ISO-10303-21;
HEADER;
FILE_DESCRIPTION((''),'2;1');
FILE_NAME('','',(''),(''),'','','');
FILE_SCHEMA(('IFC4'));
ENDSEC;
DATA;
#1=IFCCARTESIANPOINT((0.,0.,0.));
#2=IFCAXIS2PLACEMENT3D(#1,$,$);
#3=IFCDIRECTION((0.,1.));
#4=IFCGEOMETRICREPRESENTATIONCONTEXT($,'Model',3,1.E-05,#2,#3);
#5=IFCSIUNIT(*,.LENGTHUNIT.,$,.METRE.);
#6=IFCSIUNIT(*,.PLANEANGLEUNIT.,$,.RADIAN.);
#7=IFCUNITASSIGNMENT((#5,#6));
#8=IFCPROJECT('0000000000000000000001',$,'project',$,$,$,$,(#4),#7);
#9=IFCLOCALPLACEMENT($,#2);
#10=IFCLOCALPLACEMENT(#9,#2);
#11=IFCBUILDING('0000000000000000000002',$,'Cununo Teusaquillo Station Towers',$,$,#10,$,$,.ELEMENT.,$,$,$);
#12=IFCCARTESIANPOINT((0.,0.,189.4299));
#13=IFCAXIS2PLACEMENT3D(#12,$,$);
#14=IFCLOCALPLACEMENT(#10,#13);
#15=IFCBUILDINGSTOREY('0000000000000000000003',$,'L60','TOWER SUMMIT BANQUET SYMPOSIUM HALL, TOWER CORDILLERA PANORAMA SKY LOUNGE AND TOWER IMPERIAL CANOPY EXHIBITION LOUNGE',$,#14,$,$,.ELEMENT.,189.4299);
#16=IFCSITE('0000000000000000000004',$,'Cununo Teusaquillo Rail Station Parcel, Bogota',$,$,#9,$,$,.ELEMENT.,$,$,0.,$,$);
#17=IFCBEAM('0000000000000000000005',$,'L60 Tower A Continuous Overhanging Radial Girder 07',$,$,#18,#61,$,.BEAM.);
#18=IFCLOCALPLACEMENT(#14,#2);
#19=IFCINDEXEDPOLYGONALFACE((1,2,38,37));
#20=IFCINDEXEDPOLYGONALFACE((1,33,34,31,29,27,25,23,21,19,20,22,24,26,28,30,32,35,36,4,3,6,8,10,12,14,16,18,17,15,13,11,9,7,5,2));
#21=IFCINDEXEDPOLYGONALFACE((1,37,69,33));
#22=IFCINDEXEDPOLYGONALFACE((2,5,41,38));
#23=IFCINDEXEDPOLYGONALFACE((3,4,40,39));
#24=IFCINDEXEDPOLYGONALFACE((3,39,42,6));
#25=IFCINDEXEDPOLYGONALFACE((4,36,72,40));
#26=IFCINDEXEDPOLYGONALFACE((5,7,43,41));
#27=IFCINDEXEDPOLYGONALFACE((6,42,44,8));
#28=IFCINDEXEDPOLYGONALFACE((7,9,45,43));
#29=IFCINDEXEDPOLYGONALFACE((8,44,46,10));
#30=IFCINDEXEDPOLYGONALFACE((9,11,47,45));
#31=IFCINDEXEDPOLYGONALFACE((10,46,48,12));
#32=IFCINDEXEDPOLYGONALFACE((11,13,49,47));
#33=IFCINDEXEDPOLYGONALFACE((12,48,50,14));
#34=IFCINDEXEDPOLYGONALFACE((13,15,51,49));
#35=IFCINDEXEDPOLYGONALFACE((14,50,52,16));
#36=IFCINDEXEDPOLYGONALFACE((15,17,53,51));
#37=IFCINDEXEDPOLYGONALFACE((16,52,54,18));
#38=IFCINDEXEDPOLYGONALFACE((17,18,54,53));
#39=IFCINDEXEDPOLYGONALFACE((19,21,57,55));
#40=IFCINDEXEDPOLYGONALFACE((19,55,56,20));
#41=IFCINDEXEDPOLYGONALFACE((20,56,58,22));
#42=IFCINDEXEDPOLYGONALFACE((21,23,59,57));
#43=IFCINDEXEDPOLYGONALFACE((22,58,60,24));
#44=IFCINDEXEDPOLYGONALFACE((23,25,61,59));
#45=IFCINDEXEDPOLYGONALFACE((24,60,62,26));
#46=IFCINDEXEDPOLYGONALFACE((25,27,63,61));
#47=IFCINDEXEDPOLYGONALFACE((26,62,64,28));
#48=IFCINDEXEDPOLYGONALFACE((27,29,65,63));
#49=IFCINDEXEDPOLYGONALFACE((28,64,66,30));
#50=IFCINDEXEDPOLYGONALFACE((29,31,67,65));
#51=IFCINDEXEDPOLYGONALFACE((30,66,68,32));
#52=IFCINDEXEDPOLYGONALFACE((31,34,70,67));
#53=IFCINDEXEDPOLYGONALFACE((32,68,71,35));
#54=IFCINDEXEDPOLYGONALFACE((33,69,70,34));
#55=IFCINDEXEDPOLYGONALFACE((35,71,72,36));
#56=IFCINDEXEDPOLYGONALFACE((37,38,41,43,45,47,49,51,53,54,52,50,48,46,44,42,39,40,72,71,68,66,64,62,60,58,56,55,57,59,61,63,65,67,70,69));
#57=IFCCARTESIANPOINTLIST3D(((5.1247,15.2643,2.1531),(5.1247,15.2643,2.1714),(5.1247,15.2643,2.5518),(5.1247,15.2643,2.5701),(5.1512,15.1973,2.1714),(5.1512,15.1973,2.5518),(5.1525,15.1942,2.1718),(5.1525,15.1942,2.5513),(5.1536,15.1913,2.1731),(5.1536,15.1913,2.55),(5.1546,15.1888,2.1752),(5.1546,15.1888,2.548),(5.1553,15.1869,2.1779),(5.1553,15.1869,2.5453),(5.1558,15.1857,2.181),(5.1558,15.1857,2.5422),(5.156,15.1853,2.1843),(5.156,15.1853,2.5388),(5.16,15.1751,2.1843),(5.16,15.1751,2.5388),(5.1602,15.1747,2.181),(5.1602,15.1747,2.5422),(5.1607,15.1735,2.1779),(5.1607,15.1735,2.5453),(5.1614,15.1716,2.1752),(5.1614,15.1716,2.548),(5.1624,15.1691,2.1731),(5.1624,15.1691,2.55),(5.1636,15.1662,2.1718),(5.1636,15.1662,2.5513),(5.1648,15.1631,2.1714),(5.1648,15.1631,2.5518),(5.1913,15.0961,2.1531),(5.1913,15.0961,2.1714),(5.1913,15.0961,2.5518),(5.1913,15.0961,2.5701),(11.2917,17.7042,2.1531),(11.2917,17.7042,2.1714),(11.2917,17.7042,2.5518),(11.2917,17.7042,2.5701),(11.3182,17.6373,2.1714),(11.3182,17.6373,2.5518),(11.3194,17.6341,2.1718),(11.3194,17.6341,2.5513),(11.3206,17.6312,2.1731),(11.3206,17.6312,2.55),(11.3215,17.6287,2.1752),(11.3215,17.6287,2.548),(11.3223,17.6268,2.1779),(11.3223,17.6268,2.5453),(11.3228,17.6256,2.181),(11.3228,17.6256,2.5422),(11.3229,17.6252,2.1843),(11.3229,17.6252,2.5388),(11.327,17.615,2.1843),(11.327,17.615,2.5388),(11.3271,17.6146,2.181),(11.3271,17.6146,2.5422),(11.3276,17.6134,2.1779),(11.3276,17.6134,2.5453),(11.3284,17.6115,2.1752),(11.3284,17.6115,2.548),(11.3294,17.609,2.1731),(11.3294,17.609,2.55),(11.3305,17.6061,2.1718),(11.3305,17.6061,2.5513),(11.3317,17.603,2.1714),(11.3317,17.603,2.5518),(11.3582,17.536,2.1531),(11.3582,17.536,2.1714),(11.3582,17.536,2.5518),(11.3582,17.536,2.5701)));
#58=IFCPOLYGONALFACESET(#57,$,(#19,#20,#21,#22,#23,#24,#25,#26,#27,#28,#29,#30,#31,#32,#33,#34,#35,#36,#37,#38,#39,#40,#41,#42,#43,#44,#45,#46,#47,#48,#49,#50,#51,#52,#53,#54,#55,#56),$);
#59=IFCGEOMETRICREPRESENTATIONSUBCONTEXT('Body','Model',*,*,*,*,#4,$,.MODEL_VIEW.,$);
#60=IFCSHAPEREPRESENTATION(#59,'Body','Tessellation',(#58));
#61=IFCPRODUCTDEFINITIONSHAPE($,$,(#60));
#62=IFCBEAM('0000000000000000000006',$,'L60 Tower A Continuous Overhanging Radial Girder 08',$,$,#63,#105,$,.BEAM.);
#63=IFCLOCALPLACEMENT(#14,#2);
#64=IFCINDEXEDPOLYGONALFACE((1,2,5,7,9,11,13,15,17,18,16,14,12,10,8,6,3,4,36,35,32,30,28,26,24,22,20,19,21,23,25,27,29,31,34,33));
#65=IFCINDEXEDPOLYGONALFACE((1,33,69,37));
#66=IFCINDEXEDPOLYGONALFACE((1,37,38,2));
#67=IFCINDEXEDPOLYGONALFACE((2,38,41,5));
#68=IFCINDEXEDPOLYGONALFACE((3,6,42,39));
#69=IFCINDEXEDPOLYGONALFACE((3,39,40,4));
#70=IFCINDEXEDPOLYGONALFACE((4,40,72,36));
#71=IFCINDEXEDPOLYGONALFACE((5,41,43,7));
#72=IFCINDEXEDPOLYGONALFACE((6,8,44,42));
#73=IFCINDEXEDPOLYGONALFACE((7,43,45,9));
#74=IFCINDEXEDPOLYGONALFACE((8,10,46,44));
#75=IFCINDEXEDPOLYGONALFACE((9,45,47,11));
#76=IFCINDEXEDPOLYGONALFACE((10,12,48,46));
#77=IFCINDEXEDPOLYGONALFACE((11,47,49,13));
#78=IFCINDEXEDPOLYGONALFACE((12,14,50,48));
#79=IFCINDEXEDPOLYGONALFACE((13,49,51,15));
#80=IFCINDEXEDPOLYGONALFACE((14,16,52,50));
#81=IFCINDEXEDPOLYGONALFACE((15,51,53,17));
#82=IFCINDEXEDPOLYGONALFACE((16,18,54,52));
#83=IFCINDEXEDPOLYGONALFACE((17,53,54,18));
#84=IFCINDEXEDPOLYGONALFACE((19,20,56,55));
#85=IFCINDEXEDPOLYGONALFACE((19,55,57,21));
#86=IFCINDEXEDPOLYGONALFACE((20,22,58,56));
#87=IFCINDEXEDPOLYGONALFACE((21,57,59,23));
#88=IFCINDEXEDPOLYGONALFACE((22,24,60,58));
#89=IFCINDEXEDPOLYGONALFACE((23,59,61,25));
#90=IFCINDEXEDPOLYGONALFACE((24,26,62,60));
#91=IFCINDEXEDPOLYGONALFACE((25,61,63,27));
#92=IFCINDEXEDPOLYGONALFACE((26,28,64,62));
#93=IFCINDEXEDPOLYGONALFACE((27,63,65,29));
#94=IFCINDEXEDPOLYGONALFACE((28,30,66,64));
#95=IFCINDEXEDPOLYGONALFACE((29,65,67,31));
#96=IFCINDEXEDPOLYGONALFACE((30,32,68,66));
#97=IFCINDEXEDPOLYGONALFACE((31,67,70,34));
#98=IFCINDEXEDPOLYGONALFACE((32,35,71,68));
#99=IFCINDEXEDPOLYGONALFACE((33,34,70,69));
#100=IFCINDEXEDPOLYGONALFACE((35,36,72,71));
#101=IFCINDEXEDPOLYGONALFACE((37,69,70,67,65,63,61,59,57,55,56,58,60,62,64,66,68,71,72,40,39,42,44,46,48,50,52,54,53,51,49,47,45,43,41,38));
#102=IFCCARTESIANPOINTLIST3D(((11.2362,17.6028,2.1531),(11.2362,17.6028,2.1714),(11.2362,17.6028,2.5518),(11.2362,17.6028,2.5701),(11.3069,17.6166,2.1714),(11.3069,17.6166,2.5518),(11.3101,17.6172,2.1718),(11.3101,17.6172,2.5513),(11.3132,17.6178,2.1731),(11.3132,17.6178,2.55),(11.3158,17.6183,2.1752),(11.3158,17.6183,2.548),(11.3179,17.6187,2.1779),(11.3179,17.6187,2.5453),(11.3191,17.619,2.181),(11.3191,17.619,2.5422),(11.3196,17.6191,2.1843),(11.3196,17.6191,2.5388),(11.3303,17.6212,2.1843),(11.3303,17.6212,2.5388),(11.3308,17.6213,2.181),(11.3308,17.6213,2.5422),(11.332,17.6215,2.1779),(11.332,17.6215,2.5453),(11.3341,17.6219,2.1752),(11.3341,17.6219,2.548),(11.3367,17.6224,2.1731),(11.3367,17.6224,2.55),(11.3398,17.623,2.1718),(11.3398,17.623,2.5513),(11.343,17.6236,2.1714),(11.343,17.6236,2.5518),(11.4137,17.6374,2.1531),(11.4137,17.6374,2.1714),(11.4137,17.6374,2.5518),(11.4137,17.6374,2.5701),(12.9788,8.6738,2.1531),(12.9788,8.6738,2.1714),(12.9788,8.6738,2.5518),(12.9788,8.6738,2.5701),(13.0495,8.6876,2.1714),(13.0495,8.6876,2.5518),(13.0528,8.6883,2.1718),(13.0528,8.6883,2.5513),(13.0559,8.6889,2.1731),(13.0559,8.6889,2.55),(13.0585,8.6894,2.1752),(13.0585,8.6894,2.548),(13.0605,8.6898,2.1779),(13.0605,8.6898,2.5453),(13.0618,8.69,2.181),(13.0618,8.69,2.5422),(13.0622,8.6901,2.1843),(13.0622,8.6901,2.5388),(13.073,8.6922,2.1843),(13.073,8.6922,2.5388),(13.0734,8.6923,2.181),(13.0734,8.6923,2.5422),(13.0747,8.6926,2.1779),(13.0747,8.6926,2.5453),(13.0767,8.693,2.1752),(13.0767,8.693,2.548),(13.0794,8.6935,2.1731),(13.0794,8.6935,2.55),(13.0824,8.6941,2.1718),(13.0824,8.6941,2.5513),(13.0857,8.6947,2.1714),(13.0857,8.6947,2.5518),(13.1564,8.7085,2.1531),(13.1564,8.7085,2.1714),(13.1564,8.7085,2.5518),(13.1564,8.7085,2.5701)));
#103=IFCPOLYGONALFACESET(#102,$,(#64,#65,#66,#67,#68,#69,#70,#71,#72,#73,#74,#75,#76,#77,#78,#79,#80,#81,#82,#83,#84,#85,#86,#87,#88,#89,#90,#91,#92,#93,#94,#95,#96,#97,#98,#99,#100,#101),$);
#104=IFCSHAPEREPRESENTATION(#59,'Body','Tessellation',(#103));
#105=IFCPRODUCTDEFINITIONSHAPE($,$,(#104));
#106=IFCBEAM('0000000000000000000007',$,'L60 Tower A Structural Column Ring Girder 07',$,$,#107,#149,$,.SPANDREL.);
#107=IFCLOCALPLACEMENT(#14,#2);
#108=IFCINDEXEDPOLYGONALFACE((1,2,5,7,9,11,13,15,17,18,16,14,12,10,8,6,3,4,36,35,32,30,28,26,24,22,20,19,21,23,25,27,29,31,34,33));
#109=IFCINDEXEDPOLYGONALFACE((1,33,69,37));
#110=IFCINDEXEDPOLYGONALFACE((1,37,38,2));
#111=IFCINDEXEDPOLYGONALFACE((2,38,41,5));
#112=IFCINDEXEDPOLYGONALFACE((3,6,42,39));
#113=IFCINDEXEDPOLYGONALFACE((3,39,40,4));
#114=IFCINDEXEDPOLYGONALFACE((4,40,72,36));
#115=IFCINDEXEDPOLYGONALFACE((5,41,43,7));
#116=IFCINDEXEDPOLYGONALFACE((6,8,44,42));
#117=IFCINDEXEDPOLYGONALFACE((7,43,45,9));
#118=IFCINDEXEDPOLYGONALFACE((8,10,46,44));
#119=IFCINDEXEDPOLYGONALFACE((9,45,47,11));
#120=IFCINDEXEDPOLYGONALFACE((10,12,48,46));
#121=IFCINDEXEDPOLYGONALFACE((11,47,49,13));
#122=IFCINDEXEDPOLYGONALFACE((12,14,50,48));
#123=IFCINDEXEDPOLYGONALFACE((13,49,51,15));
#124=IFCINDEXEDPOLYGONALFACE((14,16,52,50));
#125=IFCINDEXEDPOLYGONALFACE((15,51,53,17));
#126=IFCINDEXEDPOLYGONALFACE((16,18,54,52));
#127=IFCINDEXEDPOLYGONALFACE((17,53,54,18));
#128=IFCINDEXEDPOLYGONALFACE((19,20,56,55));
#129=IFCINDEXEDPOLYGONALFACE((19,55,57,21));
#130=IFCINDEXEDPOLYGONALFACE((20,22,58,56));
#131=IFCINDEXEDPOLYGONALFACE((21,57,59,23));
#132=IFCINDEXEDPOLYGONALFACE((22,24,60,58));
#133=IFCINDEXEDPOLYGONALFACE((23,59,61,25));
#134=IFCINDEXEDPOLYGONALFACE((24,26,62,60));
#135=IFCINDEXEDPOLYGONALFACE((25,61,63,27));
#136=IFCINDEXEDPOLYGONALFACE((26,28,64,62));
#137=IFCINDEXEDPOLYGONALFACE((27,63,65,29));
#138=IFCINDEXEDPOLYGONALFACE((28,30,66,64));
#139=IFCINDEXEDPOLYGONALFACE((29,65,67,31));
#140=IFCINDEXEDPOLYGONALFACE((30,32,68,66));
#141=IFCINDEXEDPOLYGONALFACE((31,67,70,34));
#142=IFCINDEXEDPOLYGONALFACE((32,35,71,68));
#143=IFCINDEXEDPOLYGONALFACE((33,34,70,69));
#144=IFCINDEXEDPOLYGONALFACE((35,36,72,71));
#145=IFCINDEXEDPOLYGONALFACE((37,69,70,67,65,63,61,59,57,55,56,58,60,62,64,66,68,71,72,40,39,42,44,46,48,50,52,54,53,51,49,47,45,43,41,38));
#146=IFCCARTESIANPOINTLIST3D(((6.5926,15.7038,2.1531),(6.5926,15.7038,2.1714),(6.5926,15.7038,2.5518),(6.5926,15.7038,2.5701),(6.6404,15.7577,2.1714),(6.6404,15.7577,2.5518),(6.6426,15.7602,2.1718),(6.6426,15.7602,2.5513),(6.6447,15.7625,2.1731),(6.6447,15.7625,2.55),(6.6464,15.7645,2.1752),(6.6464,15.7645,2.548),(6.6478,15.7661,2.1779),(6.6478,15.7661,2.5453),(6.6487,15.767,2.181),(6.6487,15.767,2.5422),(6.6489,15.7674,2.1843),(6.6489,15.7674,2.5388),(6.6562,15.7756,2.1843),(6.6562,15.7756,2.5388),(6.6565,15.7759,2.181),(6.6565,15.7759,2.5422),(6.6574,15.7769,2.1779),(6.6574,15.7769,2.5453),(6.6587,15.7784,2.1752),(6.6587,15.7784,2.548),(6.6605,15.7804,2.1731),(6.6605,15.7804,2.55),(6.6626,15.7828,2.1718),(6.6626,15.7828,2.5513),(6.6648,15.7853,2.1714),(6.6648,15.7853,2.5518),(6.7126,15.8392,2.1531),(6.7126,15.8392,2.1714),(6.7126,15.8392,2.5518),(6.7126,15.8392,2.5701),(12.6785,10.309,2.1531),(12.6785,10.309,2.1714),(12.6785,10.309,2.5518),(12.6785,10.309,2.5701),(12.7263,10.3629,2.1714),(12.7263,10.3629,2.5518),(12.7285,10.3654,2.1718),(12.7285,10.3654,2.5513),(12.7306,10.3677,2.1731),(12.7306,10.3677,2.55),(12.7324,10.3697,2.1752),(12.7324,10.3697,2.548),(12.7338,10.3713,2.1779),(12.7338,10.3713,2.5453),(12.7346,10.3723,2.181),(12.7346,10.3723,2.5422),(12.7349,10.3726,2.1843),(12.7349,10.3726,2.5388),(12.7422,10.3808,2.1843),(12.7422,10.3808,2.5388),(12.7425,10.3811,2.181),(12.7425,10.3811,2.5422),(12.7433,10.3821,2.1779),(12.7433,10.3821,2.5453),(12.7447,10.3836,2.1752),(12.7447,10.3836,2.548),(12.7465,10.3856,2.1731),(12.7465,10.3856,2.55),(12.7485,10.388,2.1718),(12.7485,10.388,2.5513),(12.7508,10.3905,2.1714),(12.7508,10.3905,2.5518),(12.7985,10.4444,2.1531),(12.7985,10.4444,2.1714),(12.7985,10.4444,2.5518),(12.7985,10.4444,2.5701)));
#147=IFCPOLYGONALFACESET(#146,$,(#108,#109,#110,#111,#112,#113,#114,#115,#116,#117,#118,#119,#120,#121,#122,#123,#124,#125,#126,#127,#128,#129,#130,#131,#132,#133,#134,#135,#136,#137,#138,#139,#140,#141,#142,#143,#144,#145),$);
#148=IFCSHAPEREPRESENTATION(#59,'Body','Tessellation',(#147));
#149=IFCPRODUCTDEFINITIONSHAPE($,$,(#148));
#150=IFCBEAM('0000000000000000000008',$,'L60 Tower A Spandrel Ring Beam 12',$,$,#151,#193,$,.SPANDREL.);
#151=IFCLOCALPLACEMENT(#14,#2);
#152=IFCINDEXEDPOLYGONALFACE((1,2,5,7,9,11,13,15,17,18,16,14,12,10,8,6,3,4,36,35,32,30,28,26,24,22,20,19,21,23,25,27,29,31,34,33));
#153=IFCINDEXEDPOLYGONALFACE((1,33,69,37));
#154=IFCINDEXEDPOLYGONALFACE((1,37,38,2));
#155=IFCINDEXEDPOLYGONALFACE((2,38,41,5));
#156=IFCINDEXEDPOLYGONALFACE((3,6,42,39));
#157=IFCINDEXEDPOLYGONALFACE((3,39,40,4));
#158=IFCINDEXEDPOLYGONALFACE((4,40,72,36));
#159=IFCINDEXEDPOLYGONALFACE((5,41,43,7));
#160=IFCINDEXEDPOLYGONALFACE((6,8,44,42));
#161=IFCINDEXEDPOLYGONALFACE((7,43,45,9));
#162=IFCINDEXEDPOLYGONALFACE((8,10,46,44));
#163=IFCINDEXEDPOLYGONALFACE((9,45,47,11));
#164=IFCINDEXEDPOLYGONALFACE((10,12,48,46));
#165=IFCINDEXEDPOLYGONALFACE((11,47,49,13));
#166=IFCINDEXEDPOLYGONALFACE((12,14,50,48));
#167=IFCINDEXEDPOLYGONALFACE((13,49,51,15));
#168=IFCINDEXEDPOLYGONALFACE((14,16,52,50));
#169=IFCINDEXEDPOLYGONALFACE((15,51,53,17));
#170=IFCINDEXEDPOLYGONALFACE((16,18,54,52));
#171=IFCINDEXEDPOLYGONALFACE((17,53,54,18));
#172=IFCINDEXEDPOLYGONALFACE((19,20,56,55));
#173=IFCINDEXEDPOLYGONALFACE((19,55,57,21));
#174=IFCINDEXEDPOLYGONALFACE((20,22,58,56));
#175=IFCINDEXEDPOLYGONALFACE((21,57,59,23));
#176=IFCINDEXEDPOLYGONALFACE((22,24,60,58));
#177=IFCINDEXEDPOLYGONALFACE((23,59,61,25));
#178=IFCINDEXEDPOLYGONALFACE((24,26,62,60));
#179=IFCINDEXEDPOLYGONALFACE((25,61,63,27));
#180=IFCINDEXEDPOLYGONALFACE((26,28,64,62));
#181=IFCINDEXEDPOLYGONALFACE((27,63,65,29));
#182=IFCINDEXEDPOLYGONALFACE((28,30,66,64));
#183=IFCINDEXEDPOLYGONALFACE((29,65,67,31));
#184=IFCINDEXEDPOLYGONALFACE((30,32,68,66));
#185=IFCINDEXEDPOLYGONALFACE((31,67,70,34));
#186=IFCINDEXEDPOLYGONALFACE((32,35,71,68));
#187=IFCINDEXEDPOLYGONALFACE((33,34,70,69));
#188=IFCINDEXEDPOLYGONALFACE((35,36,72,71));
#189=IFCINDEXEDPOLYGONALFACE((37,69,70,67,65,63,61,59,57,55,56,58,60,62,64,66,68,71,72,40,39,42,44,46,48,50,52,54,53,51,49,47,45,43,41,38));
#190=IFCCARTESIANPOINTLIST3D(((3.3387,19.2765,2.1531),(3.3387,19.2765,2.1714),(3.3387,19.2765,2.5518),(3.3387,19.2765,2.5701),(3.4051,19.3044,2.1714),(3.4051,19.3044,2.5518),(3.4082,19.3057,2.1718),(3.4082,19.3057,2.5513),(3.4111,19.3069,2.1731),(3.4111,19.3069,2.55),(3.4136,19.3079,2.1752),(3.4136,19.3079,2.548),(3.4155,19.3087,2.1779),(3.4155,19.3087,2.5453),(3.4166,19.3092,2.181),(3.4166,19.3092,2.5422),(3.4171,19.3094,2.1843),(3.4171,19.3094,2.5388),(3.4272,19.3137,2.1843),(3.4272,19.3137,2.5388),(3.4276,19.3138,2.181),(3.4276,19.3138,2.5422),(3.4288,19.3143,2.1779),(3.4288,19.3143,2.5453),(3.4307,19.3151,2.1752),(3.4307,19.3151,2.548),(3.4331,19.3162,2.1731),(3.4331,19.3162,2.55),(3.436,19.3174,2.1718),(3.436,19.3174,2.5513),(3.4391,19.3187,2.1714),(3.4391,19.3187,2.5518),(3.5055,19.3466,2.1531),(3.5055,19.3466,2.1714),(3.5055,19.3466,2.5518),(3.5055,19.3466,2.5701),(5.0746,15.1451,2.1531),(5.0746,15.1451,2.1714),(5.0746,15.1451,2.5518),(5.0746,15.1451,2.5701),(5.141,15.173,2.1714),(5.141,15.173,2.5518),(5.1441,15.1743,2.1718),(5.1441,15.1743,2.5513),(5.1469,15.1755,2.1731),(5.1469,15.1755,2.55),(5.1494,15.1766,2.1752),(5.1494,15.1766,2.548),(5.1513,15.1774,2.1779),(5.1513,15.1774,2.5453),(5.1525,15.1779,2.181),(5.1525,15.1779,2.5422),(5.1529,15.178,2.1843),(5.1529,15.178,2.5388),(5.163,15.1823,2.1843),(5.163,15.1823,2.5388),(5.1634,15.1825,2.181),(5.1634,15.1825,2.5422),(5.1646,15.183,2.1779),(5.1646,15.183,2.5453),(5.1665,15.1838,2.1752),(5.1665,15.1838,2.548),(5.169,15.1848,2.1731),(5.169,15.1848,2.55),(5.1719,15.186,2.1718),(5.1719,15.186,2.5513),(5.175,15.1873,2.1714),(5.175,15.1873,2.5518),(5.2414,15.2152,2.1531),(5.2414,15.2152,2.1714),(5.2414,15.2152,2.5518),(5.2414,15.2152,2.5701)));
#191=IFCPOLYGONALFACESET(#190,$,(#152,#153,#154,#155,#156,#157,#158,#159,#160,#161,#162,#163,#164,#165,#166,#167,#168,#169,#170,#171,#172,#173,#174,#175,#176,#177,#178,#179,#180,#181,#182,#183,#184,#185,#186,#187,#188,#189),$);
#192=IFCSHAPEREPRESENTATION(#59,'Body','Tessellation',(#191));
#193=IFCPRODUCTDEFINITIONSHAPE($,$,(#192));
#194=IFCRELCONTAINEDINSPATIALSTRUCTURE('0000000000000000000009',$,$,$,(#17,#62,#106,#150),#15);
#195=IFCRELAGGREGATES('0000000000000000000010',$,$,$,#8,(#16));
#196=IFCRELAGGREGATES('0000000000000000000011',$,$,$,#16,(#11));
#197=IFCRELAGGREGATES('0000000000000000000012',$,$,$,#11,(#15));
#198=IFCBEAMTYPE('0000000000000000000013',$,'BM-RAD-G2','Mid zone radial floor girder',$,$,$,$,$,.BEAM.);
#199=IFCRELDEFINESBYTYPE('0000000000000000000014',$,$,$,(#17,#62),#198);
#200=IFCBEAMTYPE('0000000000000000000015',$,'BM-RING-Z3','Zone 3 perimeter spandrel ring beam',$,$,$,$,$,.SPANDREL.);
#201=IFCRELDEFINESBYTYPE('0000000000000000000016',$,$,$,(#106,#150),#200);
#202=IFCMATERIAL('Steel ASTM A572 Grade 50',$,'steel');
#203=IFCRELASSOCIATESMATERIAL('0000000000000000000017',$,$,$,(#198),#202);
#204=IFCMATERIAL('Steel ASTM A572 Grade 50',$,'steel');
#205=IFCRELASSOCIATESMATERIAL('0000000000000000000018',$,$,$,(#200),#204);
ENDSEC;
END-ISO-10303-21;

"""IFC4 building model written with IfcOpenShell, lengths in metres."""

from ifc_helpers import new_model, si_unit, direction, frame, origin, origin_2d, place, context, subcontext, project, spatial, i_section, extrude, material, material_profile, profile_set, type_object, element, save


model = new_model("IFC4")

# Units and contexts
model_context = context("Model", 3, precision=1e-05, world=origin(), true_north=direction((0.0, 1.0)))
body_context = subcontext(model_context, "Body", "Model", "MODEL_VIEW")
ifc_project = project(units=[si_unit("LENGTHUNIT", "METRE"), si_unit("PLANEANGLEUNIT", "RADIAN")], contexts=[model_context])

# Site, building, storey
site_placement = place(None, origin())
site = spatial("IfcSite", under=ifc_project, at=site_placement, Name="Cununo Teusaquillo Rail Station Parcel, Bogota", CompositionType="ELEMENT", RefElevation=0.0)
building_placement = place(site_placement, origin())
building = spatial("IfcBuilding", under=site, at=building_placement, Name="Cununo Teusaquillo Station Towers", CompositionType="ELEMENT")
storey_placement = place(building_placement, frame((0.0, 0.0, 189.4299)))
storey = spatial("IfcBuildingStorey", under=building, at=storey_placement, Name="L60", Description="TOWER SUMMIT BANQUET SYMPOSIUM HALL, TOWER CORDILLERA PANORAMA SKY LOUNGE AND TOWER IMPERIAL CANOPY EXHIBITION LOUNGE", CompositionType="ELEMENT", Elevation=189.4299)

# Beams
ifc_material_1 = material(Name="Steel ASTM A572 Grade 50", Category="steel")
ifc_material_profile_1 = material_profile(ifc_material_1, i_section(OverallWidth=0.1809, OverallDepth=0.417, WebThickness=0.011, FlangeThickness=0.0183, FilletRadius=0.0129, at=origin_2d()), Name="W16X57")
ifc_profile_set_1 = profile_set([ifc_material_profile_1], Name="Steel ASTM A572 Grade 50")
beam_type_1 = type_object("IfcBeamType", Name="BM-RAD-G2", Description="Mid zone radial floor girder", PredefinedType="BEAM", material=ifc_profile_set_1)
beam_1_placement = place(storey_placement, frame((11.325, 17.6201, 2.3616), z_axis=(-0.929866, -0.367897, 0.0), x_axis=(0.367897, -0.929866, 0.0)))
element("IfcBeam", 1, at=beam_1_placement, inside=storey, type_object=beam_type_1, Name="L60 Tower A Continuous Overhanging Radial Girder 07", PredefinedType="BEAM", context=body_context, shape_type="SweptSolid", body=[
    extrude(i_section(OverallWidth=0.1809, OverallDepth=0.417, WebThickness=0.011, FlangeThickness=0.0183, FilletRadius=0.0129, at=origin_2d()), origin(), (0.0, 0.0, 1.0), 6.6321),
])
beam_2_placement = place(storey_placement, frame((11.325, 17.6201, 2.3616), z_axis=(0.191557, -0.981481, 0.0), x_axis=(0.981481, 0.191557, 0.0)))
element("IfcBeam", 2, at=beam_2_placement, inside=storey, type_object=beam_type_1, Name="L60 Tower A Continuous Overhanging Radial Girder 08", PredefinedType="BEAM", context=body_context, shape_type="SweptSolid", body=[
    extrude(i_section(OverallWidth=0.1809, OverallDepth=0.417, WebThickness=0.011, FlangeThickness=0.0183, FilletRadius=0.0129, at=origin_2d()), origin(), (0.0, 0.0, 1.0), 9.0974),
])
ifc_material_2 = material(Name="Steel ASTM A572 Grade 50", Category="steel")
ifc_material_profile_2 = material_profile(ifc_material_2, i_section(OverallWidth=0.1809, OverallDepth=0.417, WebThickness=0.011, FlangeThickness=0.0183, FilletRadius=0.0129, at=origin_2d()), Name="W16X57")
ifc_profile_set_2 = profile_set([ifc_material_profile_2], Name="Steel ASTM A572 Grade 50")
beam_type_2 = type_object("IfcBeamType", Name="BM-RING-Z3", Description="Zone 3 perimeter spandrel ring beam", PredefinedType="SPANDREL", material=ifc_profile_set_2)
beam_3_placement = place(storey_placement, frame((6.6526, 15.7715, 2.3616), z_axis=(0.748321, -0.663337, 0.0), x_axis=(0.663337, 0.748321, 0.0)))
element("IfcBeam", 3, at=beam_3_placement, inside=storey, type_object=beam_type_2, Name="L60 Tower A Structural Column Ring Girder 07", PredefinedType="SPANDREL", context=body_context, shape_type="SweptSolid", body=[
    extrude(i_section(OverallWidth=0.1809, OverallDepth=0.417, WebThickness=0.011, FlangeThickness=0.0183, FilletRadius=0.0129, at=origin_2d()), origin(), (0.0, 0.0, 1.0), 8.1328),
])
beam_4_placement = place(storey_placement, frame((3.4221, 19.3115, 2.3616), z_axis=(0.38736, -0.921928, 0.0), x_axis=(0.921928, 0.38736, 0.0)))
element("IfcBeam", 4, at=beam_4_placement, inside=storey, type_object=beam_type_2, Name="L60 Tower A Spandrel Ring Beam 12", PredefinedType="SPANDREL", context=body_context, shape_type="SweptSolid", body=[
    extrude(i_section(OverallWidth=0.1809, OverallDepth=0.417, WebThickness=0.011, FlangeThickness=0.0183, FilletRadius=0.0129, at=origin_2d()), origin(), (0.0, 0.0, 1.0), 4.4812),
])

save(model, "model.ifc")
